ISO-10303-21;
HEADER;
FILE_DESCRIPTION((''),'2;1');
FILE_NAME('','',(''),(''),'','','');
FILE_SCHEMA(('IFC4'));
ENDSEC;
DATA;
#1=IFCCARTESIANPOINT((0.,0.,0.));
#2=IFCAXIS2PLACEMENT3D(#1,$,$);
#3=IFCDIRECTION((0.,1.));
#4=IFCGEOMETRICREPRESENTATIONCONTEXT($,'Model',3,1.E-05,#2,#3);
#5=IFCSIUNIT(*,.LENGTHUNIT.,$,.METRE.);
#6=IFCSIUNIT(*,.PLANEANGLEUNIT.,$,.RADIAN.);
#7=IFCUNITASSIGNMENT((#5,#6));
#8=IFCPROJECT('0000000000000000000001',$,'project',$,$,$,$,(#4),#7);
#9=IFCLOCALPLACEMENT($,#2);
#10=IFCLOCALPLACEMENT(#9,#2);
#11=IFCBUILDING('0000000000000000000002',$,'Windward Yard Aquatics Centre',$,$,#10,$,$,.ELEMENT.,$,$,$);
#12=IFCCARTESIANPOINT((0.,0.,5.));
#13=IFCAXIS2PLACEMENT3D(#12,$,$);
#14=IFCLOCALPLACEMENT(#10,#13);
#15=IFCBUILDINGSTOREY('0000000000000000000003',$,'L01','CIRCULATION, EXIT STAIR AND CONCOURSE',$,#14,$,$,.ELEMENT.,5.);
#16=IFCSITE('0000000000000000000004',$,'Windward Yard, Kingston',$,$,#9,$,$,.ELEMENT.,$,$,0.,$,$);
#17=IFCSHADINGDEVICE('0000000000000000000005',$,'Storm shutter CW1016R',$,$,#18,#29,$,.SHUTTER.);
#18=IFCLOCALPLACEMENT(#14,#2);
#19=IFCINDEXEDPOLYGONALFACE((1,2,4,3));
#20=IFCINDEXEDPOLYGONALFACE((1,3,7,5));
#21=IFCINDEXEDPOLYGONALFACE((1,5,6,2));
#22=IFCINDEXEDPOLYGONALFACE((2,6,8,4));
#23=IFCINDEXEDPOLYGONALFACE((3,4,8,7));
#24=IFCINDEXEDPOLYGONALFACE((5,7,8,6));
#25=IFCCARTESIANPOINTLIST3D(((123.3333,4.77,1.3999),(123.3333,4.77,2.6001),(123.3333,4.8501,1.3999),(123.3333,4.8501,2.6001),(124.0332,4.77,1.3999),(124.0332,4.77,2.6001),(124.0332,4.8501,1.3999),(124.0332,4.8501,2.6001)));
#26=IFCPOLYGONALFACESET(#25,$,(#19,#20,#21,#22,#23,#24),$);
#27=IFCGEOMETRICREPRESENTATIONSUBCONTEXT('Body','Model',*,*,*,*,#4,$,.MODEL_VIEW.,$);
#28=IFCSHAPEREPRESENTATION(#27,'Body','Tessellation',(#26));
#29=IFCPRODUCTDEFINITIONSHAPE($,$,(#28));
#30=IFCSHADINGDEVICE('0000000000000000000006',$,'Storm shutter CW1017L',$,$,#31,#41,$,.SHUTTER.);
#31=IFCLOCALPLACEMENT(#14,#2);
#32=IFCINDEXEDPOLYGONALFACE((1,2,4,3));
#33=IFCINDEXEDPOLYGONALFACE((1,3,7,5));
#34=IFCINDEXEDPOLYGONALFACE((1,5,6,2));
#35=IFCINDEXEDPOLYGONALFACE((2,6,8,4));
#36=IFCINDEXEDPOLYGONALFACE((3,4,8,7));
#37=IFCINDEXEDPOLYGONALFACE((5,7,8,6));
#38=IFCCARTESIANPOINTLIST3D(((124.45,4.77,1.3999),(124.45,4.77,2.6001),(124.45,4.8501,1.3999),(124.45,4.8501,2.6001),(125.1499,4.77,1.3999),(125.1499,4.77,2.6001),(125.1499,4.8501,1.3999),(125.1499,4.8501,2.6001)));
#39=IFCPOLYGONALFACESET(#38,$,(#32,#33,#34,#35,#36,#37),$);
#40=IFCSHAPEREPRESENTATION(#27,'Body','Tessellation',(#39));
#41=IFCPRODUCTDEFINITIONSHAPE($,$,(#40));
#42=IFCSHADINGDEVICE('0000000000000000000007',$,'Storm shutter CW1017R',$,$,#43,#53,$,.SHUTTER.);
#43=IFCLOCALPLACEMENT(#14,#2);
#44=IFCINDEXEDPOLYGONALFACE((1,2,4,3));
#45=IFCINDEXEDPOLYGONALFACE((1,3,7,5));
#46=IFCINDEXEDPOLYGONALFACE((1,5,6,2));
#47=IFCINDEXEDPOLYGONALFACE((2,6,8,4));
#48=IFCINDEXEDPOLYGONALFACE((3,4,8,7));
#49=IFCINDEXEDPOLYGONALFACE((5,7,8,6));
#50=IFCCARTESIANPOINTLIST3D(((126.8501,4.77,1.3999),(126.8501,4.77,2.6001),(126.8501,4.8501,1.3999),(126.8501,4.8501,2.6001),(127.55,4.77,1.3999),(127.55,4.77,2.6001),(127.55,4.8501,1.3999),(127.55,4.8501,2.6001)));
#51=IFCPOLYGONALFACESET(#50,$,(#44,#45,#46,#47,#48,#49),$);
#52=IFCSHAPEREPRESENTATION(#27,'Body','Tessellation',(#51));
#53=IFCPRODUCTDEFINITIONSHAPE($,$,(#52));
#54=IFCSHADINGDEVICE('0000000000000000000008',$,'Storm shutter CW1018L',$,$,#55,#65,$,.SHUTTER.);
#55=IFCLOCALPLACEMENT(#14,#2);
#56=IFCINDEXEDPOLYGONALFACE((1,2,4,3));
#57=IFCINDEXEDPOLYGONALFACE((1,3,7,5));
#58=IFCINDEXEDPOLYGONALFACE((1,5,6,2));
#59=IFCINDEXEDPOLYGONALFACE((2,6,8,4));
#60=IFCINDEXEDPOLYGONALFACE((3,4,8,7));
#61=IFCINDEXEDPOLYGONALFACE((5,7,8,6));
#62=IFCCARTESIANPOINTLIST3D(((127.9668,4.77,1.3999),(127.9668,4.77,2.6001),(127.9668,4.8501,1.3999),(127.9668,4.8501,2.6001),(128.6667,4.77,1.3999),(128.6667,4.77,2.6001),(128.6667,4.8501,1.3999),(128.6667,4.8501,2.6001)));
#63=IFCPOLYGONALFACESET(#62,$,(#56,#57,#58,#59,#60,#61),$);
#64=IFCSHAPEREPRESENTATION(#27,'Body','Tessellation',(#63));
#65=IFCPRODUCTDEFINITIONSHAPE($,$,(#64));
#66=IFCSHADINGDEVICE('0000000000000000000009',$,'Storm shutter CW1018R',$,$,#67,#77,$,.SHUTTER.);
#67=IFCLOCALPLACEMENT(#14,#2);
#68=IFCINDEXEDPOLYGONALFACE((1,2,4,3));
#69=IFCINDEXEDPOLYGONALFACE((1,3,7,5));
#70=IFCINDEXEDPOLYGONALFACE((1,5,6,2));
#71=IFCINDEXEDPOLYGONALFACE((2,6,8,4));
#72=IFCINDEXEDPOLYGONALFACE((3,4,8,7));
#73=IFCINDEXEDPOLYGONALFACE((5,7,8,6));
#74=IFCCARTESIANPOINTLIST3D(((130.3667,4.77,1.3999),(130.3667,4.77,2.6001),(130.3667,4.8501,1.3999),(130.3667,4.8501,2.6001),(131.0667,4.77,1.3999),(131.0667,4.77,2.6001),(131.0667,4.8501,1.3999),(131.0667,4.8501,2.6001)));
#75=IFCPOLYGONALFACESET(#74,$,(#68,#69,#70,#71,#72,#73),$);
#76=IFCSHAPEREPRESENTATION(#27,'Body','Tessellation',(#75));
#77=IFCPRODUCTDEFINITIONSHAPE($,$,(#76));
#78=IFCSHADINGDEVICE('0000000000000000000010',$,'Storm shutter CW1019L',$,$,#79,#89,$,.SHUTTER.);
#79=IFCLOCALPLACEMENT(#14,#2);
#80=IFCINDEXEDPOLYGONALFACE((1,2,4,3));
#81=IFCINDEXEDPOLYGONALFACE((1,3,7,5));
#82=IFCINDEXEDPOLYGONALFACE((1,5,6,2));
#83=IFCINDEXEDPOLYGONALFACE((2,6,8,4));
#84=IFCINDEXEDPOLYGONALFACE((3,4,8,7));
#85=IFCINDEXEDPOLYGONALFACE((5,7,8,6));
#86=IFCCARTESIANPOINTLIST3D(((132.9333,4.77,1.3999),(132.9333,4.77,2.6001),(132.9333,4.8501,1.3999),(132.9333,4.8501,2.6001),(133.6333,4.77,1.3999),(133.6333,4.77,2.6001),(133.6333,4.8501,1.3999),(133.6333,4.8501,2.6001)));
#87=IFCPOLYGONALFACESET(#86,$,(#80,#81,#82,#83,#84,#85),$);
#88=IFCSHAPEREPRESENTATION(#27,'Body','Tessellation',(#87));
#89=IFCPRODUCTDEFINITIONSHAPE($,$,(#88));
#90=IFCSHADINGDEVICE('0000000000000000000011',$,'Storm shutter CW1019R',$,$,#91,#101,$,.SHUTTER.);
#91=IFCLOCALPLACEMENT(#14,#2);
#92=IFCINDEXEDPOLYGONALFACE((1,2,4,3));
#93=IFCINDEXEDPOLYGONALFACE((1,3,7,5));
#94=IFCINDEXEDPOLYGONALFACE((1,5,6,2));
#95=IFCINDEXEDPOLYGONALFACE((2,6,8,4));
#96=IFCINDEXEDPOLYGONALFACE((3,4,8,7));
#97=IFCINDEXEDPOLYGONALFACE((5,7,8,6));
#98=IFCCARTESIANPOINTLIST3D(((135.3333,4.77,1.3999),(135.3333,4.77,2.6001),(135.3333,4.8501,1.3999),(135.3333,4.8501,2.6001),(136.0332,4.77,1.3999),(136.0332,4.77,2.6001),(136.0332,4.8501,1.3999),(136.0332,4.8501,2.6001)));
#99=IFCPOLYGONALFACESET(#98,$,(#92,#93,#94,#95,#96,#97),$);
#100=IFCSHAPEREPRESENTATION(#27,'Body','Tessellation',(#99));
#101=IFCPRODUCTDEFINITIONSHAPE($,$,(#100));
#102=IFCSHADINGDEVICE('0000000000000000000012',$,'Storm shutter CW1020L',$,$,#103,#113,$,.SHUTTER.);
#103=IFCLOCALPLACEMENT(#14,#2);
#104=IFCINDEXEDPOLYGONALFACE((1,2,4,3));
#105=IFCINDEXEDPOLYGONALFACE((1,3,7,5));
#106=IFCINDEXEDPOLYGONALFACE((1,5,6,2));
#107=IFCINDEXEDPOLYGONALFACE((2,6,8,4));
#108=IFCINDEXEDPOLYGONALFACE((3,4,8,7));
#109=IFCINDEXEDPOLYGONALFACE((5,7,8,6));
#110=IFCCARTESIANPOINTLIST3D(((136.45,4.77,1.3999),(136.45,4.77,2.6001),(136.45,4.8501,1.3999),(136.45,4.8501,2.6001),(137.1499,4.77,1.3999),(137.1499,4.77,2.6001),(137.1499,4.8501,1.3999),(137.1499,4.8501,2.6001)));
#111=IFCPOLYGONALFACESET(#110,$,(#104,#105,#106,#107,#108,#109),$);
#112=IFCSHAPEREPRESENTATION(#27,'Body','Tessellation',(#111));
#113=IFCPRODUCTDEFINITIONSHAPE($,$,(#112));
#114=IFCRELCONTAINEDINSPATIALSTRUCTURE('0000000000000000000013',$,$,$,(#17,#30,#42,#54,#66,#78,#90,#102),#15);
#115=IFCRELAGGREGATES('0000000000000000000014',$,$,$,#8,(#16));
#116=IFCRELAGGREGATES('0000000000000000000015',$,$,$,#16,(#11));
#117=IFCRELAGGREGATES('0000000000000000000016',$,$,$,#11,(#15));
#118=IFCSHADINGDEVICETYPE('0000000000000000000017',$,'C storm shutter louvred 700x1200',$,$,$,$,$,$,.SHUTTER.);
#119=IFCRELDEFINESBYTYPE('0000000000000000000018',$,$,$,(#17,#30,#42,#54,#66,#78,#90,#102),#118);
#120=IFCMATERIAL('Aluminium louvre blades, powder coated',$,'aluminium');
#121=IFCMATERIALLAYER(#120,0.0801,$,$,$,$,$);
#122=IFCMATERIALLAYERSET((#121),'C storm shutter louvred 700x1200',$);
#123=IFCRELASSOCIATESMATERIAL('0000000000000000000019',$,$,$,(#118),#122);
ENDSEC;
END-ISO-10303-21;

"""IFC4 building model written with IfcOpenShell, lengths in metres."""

from ifc_helpers import new_model, si_unit, direction, frame, origin, place, context, subcontext, project, spatial, polyline, outline, extrude, material, layer, layer_set, type_object, element, save


model = new_model("IFC4")

# Units and contexts
model_context = context("Model", 3, precision=1e-05, world=origin(), true_north=direction((0.0, 1.0)))
body_context = subcontext(model_context, "Body", "Model", "MODEL_VIEW")
ifc_project = project(units=[si_unit("LENGTHUNIT", "METRE"), si_unit("PLANEANGLEUNIT", "RADIAN")], contexts=[model_context])

# Site, building, storey
site_placement = place(None, origin())
site = spatial("IfcSite", under=ifc_project, at=site_placement, Name="Windward Yard, Kingston", CompositionType="ELEMENT", RefElevation=0.0)
building_placement = place(site_placement, origin())
building = spatial("IfcBuilding", under=site, at=building_placement, Name="Windward Yard Aquatics Centre", CompositionType="ELEMENT")
storey_placement = place(building_placement, frame((0.0, 0.0, 5.0)))
storey = spatial("IfcBuildingStorey", under=building, at=storey_placement, Name="L01", Description="CIRCULATION, EXIT STAIR AND CONCOURSE", CompositionType="ELEMENT", Elevation=5.0)

# Shading devices
ifc_material = material(Name="Aluminium louvre blades, powder coated", Category="aluminium")
ifc_layer = layer(ifc_material, 0.0801)
ifc_layer_set = layer_set([ifc_layer], Name="C storm shutter louvred 700x1200")
shading_device_type = type_object("IfcShadingDeviceType", Name="C storm shutter louvred 700x1200", PredefinedType="SHUTTER", material=ifc_layer_set)
shading_device_1_placement = place(storey_placement, frame((0.0, 0.0, 1.3999)))
element("IfcShadingDevice", 1, at=shading_device_1_placement, inside=storey, type_object=shading_device_type, Name="Storm shutter CW1016R", PredefinedType="SHUTTER", context=body_context, shape_type="SweptSolid", body=[
    extrude(outline(polyline([(123.3333, 4.77), (123.3333, 4.8501), (124.0332, 4.8501), (124.0332, 4.77), (123.3333, 4.77)])), origin(), (0.0, 0.0, 1.0), 1.2002),
])
shading_device_2_placement = place(storey_placement, frame((0.0, 0.0, 1.3999)))
element("IfcShadingDevice", 2, at=shading_device_2_placement, inside=storey, type_object=shading_device_type, Name="Storm shutter CW1017L", PredefinedType="SHUTTER", context=body_context, shape_type="SweptSolid", body=[
    extrude(outline(polyline([(124.45, 4.77), (124.45, 4.8501), (125.1499, 4.8501), (125.1499, 4.77), (124.45, 4.77)])), origin(), (0.0, 0.0, 1.0), 1.2002),
])
shading_device_3_placement = place(storey_placement, frame((0.0, 0.0, 1.3999)))
element("IfcShadingDevice", 3, at=shading_device_3_placement, inside=storey, type_object=shading_device_type, Name="Storm shutter CW1017R", PredefinedType="SHUTTER", context=body_context, shape_type="SweptSolid", body=[
    extrude(outline(polyline([(126.8501, 4.77), (126.8501, 4.8501), (127.55, 4.8501), (127.55, 4.77), (126.8501, 4.77)])), origin(), (0.0, 0.0, 1.0), 1.2002),
])
shading_device_4_placement = place(storey_placement, frame((0.0, 0.0, 1.3999)))
element("IfcShadingDevice", 4, at=shading_device_4_placement, inside=storey, type_object=shading_device_type, Name="Storm shutter CW1018L", PredefinedType="SHUTTER", context=body_context, shape_type="SweptSolid", body=[
    extrude(outline(polyline([(127.9668, 4.77), (127.9668, 4.8501), (128.6667, 4.8501), (128.6667, 4.77), (127.9668, 4.77)])), origin(), (0.0, 0.0, 1.0), 1.2002),
])
shading_device_5_placement = place(storey_placement, frame((0.0, 0.0, 1.3999)))
element("IfcShadingDevice", 5, at=shading_device_5_placement, inside=storey, type_object=shading_device_type, Name="Storm shutter CW1018R", PredefinedType="SHUTTER", context=body_context, shape_type="SweptSolid", body=[
    extrude(outline(polyline([(130.3667, 4.77), (130.3667, 4.8501), (131.0667, 4.8501), (131.0667, 4.77), (130.3667, 4.77)])), origin(), (0.0, 0.0, 1.0), 1.2002),
])
shading_device_6_placement = place(storey_placement, frame((0.0, 0.0, 1.3999)))
element("IfcShadingDevice", 6, at=shading_device_6_placement, inside=storey, type_object=shading_device_type, Name="Storm shutter CW1019L", PredefinedType="SHUTTER", context=body_context, shape_type="SweptSolid", body=[
    extrude(outline(polyline([(132.9333, 4.77), (132.9333, 4.8501), (133.6333, 4.8501), (133.6333, 4.77), (132.9333, 4.77)])), origin(), (0.0, 0.0, 1.0), 1.2002),
])
shading_device_7_placement = place(storey_placement, frame((0.0, 0.0, 1.3999)))
element("IfcShadingDevice", 7, at=shading_device_7_placement, inside=storey, type_object=shading_device_type, Name="Storm shutter CW1019R", PredefinedType="SHUTTER", context=body_context, shape_type="SweptSolid", body=[
    extrude(outline(polyline([(135.3333, 4.77), (135.3333, 4.8501), (136.0332, 4.8501), (136.0332, 4.77), (135.3333, 4.77)])), origin(), (0.0, 0.0, 1.0), 1.2002),
])
shading_device_8_placement = place(storey_placement, frame((0.0, 0.0, 1.3999)))
element("IfcShadingDevice", 8, at=shading_device_8_placement, inside=storey, type_object=shading_device_type, Name="Storm shutter CW1020L", PredefinedType="SHUTTER", context=body_context, shape_type="SweptSolid", body=[
    extrude(outline(polyline([(136.45, 4.77), (136.45, 4.8501), (137.1499, 4.8501), (137.1499, 4.77), (136.45, 4.77)])), origin(), (0.0, 0.0, 1.0), 1.2002),
])

save(model, "model.ifc")
